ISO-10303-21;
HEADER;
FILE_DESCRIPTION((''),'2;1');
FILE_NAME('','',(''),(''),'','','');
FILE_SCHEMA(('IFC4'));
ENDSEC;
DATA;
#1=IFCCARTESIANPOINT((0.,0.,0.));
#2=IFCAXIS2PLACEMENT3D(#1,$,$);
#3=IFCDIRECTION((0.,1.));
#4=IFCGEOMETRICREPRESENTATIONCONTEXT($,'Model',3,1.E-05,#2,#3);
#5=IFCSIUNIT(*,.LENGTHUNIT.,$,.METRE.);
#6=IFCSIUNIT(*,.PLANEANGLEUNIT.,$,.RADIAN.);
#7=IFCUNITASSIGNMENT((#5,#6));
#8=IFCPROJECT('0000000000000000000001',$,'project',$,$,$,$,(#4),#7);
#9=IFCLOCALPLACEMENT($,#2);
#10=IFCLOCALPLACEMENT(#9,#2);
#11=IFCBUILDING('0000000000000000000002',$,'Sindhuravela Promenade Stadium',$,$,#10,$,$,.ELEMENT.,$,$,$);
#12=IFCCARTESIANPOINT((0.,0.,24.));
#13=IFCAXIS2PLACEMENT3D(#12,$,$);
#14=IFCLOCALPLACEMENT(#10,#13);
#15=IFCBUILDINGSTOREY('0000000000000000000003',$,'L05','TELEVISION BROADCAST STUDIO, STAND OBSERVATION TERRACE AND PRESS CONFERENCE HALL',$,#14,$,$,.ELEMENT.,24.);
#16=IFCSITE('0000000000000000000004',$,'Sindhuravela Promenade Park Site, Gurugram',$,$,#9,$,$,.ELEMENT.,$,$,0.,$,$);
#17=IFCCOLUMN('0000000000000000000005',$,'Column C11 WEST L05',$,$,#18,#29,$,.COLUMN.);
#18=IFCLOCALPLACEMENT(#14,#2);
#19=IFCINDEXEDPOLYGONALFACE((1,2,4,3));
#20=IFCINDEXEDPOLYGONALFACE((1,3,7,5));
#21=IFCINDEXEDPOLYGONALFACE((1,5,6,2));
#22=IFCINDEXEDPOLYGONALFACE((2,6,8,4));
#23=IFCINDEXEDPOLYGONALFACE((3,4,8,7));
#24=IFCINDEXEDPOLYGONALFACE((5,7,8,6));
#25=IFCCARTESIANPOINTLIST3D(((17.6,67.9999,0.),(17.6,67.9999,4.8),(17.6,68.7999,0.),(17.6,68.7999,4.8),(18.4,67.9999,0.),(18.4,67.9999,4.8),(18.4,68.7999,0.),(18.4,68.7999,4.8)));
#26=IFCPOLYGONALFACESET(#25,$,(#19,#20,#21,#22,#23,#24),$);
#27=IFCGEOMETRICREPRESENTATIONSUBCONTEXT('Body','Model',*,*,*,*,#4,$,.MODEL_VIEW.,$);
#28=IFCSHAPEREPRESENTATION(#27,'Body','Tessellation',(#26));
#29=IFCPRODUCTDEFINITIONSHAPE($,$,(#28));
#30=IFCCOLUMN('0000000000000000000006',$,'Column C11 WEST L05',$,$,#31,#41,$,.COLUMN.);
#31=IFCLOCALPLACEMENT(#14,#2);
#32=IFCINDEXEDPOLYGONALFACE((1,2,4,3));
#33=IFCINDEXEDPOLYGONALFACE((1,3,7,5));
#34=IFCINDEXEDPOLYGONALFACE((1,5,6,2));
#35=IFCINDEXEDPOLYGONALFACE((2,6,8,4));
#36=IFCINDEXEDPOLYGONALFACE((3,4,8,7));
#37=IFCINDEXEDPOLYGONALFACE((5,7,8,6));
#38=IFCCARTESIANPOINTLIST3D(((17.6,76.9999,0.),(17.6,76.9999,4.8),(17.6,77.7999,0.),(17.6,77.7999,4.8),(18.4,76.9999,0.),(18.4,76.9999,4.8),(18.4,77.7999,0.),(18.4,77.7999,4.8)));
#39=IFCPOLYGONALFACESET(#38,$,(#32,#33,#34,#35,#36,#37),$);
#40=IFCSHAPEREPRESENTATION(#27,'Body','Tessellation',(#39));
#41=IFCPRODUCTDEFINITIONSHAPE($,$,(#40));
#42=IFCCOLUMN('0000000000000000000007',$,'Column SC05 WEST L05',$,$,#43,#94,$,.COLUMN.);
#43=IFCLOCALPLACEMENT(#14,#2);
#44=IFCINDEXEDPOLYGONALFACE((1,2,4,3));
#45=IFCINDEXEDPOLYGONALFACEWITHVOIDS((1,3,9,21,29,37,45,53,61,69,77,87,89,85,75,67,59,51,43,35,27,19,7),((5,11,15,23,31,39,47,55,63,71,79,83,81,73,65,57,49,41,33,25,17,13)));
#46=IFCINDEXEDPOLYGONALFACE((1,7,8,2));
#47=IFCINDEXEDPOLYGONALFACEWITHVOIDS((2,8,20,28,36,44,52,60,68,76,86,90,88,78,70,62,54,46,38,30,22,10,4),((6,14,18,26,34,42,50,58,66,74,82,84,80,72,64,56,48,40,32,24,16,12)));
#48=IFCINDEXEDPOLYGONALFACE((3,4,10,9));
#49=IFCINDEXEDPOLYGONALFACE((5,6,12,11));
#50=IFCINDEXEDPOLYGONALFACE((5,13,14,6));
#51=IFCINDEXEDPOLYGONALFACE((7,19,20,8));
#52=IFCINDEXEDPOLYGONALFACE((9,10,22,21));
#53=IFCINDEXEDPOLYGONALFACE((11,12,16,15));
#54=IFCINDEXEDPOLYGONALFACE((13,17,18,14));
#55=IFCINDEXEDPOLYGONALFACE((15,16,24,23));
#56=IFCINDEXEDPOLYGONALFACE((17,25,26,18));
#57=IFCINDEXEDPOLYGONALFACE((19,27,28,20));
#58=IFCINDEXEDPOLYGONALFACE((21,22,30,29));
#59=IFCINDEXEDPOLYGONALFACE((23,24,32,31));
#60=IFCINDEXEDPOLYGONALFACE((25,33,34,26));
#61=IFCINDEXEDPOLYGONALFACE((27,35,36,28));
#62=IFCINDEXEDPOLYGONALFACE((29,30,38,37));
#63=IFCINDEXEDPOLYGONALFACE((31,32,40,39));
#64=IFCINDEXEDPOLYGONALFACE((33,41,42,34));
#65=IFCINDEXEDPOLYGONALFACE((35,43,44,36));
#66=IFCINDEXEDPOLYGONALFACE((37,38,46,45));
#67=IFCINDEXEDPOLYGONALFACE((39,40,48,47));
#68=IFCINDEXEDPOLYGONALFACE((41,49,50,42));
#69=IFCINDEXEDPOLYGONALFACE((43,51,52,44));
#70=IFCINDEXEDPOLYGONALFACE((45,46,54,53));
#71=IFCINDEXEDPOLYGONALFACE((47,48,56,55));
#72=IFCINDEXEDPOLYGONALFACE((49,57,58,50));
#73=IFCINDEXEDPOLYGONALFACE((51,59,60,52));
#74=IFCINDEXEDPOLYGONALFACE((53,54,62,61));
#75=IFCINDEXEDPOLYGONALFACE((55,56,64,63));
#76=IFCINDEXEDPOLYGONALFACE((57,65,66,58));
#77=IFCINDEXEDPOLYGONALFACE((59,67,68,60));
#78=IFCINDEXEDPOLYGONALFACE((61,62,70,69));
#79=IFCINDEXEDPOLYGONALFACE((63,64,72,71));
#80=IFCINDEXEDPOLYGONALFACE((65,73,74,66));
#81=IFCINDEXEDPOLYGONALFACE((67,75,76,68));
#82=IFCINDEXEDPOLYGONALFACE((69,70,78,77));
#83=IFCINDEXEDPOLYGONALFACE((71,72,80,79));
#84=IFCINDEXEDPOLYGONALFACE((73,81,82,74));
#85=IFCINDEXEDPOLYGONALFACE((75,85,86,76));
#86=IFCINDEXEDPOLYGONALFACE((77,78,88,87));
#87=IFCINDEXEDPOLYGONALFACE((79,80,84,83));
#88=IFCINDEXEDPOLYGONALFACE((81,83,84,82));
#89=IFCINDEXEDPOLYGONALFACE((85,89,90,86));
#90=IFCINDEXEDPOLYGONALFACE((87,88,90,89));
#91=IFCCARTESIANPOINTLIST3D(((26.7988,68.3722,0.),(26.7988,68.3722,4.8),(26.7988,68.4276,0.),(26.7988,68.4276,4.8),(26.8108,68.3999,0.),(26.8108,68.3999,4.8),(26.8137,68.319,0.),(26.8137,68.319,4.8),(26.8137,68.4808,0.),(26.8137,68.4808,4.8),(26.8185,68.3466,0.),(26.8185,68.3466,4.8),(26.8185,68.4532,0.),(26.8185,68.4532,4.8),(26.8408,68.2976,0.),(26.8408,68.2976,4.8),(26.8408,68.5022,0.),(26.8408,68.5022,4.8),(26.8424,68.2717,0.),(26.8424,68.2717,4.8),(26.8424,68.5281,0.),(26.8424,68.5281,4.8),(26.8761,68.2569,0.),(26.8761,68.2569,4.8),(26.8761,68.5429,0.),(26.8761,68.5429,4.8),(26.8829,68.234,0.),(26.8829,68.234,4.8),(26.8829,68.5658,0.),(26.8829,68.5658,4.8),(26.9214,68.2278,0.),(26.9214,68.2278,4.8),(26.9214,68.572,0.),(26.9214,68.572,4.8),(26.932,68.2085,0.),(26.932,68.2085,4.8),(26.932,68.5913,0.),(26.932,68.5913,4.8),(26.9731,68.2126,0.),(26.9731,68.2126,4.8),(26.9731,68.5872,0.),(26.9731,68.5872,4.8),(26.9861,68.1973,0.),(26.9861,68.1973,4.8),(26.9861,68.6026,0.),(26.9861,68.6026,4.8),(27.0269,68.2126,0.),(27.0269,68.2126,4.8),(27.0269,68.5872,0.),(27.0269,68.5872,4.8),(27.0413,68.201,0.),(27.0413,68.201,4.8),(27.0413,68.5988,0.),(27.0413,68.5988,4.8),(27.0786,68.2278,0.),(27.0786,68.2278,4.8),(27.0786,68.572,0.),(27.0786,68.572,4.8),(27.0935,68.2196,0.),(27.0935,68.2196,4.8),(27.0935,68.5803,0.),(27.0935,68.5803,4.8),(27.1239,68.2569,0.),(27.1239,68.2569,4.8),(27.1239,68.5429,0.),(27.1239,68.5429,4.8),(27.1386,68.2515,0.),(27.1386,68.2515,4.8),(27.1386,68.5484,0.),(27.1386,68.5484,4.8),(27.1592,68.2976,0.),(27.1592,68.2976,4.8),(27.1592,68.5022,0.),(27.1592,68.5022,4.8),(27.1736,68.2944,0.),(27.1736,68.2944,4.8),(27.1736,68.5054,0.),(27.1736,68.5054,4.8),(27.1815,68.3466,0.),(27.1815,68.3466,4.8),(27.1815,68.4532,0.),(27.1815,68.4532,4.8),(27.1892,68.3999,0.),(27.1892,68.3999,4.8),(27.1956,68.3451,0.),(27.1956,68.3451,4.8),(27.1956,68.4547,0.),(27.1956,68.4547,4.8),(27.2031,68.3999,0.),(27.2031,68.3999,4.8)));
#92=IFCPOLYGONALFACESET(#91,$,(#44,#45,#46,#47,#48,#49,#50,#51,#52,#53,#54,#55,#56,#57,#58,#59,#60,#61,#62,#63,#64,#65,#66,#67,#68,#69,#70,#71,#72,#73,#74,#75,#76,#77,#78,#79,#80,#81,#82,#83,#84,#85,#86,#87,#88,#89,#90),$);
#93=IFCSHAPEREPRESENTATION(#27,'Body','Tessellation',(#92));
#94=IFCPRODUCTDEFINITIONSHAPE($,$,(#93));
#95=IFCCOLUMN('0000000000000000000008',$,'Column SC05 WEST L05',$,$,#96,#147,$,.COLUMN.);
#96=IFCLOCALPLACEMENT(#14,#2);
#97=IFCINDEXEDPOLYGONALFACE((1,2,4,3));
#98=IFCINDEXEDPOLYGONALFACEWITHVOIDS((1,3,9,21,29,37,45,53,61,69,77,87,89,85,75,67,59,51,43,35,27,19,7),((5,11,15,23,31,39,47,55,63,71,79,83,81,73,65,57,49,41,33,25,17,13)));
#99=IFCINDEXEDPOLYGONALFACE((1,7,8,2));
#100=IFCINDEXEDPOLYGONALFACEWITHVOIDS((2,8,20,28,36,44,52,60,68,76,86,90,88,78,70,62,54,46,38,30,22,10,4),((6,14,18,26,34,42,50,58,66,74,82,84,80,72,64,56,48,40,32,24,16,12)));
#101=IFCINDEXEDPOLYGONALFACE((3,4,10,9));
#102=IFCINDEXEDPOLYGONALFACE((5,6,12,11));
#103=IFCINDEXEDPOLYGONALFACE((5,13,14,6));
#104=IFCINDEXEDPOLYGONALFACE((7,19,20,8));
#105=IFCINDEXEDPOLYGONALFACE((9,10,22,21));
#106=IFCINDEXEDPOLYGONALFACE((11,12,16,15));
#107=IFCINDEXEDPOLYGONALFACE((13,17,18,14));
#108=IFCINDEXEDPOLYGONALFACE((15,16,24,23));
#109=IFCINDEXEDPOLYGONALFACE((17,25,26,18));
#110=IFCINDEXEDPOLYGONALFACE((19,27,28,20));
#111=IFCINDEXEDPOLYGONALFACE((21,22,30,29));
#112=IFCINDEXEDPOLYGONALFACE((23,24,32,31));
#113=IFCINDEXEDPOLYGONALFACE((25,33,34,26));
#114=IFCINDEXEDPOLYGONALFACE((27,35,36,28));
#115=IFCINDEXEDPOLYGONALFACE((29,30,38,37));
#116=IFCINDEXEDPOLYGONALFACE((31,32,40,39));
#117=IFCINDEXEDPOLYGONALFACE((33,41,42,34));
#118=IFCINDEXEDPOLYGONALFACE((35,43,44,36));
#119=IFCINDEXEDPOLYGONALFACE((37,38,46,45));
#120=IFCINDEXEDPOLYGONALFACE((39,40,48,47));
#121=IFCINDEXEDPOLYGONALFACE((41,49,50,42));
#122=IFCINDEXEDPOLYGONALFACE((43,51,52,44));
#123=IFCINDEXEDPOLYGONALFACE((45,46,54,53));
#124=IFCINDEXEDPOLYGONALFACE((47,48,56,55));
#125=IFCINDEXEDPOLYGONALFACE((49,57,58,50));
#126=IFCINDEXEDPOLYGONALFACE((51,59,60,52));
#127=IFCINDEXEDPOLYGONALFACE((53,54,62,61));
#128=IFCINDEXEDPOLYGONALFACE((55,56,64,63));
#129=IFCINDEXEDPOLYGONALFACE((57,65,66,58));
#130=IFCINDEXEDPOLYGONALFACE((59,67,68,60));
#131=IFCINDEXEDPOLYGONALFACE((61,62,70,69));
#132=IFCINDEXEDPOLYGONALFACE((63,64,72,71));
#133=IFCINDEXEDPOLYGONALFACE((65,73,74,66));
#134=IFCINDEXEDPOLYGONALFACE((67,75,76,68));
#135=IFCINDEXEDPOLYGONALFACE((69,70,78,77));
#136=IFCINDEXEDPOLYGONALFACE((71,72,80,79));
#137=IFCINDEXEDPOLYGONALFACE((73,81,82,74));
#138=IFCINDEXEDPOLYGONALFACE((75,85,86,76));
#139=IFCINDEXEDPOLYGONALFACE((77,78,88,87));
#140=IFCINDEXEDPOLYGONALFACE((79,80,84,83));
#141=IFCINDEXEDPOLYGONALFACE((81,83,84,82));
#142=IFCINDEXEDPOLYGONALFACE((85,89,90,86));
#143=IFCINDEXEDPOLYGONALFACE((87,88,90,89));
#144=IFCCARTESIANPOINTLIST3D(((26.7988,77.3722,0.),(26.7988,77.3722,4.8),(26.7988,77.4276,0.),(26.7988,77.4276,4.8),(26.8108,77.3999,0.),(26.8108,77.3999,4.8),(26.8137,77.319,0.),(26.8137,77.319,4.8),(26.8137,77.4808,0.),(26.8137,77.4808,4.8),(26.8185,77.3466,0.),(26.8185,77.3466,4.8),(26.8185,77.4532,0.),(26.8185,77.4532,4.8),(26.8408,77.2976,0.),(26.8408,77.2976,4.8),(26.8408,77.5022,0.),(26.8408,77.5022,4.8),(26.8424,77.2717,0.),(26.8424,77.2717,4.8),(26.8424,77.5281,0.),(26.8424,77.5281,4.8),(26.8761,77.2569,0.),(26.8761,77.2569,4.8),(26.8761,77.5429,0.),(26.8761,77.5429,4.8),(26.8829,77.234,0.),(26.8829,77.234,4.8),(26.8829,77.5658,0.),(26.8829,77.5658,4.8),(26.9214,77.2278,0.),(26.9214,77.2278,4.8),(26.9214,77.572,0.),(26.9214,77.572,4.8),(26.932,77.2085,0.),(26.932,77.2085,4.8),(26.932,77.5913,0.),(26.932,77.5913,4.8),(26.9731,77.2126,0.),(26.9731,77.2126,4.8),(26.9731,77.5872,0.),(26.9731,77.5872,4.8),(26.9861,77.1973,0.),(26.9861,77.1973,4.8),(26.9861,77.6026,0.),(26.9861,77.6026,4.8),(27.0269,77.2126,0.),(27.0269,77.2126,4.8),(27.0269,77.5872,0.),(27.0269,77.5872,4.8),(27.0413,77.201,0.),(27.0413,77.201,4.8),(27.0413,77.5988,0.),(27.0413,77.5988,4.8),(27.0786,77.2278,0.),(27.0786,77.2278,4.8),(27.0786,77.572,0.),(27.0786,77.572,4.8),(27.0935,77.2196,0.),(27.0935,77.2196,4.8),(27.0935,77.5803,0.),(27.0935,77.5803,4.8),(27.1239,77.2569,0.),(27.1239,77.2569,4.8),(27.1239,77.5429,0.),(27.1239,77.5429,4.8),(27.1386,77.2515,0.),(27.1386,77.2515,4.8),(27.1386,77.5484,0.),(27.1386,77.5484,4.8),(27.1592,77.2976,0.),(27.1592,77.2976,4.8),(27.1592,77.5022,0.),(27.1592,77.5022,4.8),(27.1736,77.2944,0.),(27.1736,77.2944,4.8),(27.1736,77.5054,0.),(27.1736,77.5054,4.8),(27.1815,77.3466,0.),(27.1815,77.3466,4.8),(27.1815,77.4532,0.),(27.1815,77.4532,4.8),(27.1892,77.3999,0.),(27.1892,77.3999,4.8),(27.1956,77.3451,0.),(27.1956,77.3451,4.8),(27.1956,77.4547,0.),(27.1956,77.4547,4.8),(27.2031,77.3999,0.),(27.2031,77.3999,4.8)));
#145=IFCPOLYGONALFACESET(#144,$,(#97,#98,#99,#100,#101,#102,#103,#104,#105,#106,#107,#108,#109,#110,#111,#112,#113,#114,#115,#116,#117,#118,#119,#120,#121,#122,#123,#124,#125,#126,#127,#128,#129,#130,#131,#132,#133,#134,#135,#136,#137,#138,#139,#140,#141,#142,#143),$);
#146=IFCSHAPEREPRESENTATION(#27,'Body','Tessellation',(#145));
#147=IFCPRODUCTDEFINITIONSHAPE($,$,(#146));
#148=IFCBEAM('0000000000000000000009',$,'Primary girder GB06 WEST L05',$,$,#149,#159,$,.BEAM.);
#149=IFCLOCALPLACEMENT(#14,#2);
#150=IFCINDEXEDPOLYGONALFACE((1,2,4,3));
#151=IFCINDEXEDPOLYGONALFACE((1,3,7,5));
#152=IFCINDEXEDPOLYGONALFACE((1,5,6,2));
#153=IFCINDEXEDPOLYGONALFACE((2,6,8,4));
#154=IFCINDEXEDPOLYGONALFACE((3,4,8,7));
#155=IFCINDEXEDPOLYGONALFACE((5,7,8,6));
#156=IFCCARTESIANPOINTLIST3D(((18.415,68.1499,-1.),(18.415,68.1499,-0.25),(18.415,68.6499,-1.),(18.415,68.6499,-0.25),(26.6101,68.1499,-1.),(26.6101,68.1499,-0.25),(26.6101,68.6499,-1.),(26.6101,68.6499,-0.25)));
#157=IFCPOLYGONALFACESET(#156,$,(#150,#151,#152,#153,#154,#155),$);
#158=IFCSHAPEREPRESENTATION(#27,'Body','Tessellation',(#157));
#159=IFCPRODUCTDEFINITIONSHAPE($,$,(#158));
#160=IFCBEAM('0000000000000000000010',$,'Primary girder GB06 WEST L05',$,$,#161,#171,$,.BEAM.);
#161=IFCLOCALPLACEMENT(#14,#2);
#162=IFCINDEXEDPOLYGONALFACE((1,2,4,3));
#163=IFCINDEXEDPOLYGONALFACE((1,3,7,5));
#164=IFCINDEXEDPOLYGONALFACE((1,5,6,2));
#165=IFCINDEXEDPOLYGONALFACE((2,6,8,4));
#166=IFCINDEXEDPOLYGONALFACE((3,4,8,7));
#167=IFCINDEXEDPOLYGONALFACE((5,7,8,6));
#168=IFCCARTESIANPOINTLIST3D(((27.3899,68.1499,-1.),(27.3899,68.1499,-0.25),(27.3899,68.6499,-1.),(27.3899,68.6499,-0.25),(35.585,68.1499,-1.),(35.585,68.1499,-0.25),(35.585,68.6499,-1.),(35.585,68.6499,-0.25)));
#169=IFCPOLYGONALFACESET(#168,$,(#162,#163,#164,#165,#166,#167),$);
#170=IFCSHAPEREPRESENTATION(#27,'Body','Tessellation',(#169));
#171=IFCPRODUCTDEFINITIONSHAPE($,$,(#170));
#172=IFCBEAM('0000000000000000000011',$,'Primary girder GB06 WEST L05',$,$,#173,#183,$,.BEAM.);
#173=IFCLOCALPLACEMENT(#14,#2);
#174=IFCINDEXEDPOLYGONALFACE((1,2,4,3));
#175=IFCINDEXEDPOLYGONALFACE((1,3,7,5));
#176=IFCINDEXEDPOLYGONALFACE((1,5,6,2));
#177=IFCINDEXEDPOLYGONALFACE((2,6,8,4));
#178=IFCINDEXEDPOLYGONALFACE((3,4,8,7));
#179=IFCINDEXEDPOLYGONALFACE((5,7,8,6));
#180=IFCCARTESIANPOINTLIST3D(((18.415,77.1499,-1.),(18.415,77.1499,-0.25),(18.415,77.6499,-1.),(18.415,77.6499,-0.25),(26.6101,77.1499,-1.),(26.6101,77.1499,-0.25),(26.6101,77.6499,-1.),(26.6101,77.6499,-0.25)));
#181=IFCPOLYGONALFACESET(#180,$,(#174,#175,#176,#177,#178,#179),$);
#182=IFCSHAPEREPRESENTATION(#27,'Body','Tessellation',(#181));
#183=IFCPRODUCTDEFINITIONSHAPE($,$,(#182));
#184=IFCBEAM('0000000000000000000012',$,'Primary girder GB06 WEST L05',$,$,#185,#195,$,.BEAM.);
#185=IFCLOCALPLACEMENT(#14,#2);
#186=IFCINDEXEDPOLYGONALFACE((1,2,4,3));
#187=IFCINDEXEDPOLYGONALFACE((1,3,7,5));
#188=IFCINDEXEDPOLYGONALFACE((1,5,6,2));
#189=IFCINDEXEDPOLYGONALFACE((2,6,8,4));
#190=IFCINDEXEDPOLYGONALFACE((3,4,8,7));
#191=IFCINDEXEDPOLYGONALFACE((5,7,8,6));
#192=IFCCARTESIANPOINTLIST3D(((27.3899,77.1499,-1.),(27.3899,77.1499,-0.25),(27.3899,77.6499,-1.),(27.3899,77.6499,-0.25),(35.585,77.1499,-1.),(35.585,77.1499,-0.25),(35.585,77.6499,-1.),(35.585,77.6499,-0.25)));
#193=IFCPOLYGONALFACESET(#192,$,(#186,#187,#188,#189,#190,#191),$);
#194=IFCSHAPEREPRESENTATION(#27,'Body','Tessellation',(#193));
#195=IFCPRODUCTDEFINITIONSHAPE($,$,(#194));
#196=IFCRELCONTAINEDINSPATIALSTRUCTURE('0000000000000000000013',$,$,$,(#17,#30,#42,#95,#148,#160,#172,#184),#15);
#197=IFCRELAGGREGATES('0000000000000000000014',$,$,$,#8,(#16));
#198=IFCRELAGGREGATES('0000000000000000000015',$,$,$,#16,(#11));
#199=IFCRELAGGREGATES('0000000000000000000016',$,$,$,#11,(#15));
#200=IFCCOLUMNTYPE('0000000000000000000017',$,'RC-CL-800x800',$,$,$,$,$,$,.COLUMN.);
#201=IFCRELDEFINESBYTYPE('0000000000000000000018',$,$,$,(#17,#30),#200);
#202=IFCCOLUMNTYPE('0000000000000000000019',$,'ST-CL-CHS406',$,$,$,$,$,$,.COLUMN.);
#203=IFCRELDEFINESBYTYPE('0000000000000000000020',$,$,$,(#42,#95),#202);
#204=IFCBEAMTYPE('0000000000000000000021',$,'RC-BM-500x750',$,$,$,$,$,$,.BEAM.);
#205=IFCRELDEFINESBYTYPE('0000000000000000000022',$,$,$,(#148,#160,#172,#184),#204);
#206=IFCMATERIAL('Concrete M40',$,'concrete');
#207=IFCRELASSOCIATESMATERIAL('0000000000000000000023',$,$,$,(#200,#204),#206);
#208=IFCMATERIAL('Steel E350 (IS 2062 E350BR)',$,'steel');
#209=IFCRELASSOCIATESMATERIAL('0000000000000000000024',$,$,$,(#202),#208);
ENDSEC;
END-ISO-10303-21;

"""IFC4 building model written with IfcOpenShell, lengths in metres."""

from ifc_helpers import new_model, si_unit, direction, frame, origin, origin_2d, place, context, subcontext, project, spatial, rectangle, hollow_circle, extrude, material, material_profile, profile_set, type_object, element, save


model = new_model("IFC4")

# Units and contexts
model_context = context("Model", 3, precision=1e-05, world=origin(), true_north=direction((0.0, 1.0)))
body_context = subcontext(model_context, "Body", "Model", "MODEL_VIEW")
ifc_project = project(units=[si_unit("LENGTHUNIT", "METRE"), si_unit("PLANEANGLEUNIT", "RADIAN")], contexts=[model_context])

# Site, building, storey
site_placement = place(None, origin())
site = spatial("IfcSite", under=ifc_project, at=site_placement, Name="Sindhuravela Promenade Park Site, Gurugram", CompositionType="ELEMENT", RefElevation=0.0)
building_placement = place(site_placement, origin())
building = spatial("IfcBuilding", under=site, at=building_placement, Name="Sindhuravela Promenade Stadium", CompositionType="ELEMENT")
storey_placement = place(building_placement, frame((0.0, 0.0, 24.0)))
storey = spatial("IfcBuildingStorey", under=building, at=storey_placement, Name="L05", Description="TELEVISION BROADCAST STUDIO, STAND OBSERVATION TERRACE AND PRESS CONFERENCE HALL", CompositionType="ELEMENT", Elevation=24.0)

# Columns
ifc_material_1 = material(Name="Concrete M40", Category="concrete")
ifc_material_profile_1 = material_profile(ifc_material_1, rectangle(XDim=0.8, YDim=0.8, at=origin_2d()), Name="RC 800x800")
ifc_profile_set_1 = profile_set([ifc_material_profile_1], Name="Concrete M40")
column_type_1 = type_object("IfcColumnType", Name="RC-CL-800x800", PredefinedType="COLUMN", material=ifc_profile_set_1)
for number, where, z_axis, x_axis, name in (
    (1, (18.0, 68.3999, 0.0), (0.0, 0.0, 1.0), (1.0, 0.0, 0.0), "Column C11 WEST L05"),
    (2, (18.0, 77.3999, 0.0), (0.0, 0.0, 1.0), (1.0, 0.0, 0.0), "Column C11 WEST L05"),
):
    element("IfcColumn", number, at=place(storey_placement, frame(where, z_axis=z_axis, x_axis=x_axis)), inside=storey, type_object=column_type_1, Name=name, PredefinedType="COLUMN", context=body_context, shape_type="SweptSolid", body=[
        extrude(rectangle(XDim=0.8, YDim=0.8, at=origin_2d()), origin(), (0.0, 0.0, 1.0), 4.8),
    ])
ifc_material_2 = material(Name="Steel E350 (IS 2062 E350BR)", Category="steel")
ifc_material_profile_2 = material_profile(ifc_material_2, hollow_circle(Radius=0.2031, WallThickness=0.0139, at=origin_2d()), Name="CHS 406.4x14")
ifc_profile_set_2 = profile_set([ifc_material_profile_2], Name="Steel E350 (IS 2062 E350BR)")
column_type_2 = type_object("IfcColumnType", Name="ST-CL-CHS406", PredefinedType="COLUMN", material=ifc_profile_set_2)
for number, where, z_axis, x_axis, name in (
    (3, (27.0, 68.3999, 0.0), (0.0, 0.0, 1.0), (1.0, 0.0, 0.0), "Column SC05 WEST L05"),
    (4, (27.0, 77.3999, 0.0), (0.0, 0.0, 1.0), (1.0, 0.0, 0.0), "Column SC05 WEST L05"),
):
    element("IfcColumn", number, at=place(storey_placement, frame(where, z_axis=z_axis, x_axis=x_axis)), inside=storey, type_object=column_type_2, Name=name, PredefinedType="COLUMN", context=body_context, shape_type="SweptSolid", body=[
        extrude(hollow_circle(Radius=0.2031, WallThickness=0.0139, at=origin_2d()), origin(), (0.0, 0.0, 1.0), 4.8),
    ])

# Beams
ifc_material_profile_3 = material_profile(ifc_material_1, rectangle(XDim=0.5, YDim=0.75, at=origin_2d()), Name="RC 500x750")
ifc_profile_set_3 = profile_set([ifc_material_profile_3], Name="Concrete M40")
beam_type_1 = type_object("IfcBeamType", Name="RC-BM-500x750", PredefinedType="BEAM", material=ifc_profile_set_3)
for number, where, z_axis, x_axis, name in (
    (5, (18.415, 68.3999, -0.625), (1.0, 0.0, 0.0), (0.0, 1.0, 0.0), "Primary girder GB06 WEST L05"),
    (6, (27.3899, 68.3999, -0.625), (1.0, 0.0, 0.0), (0.0, 1.0, 0.0), "Primary girder GB06 WEST L05"),
    (7, (18.415, 77.3999, -0.625), (1.0, 0.0, 0.0), (0.0, 1.0, 0.0), "Primary girder GB06 WEST L05"),
    (8, (27.3899, 77.3999, -0.625), (1.0, 0.0, 0.0), (0.0, 1.0, 0.0), "Primary girder GB06 WEST L05"),
):
    element("IfcBeam", number, at=place(storey_placement, frame(where, z_axis=z_axis, x_axis=x_axis)), inside=storey, type_object=beam_type_1, Name=name, PredefinedType="BEAM", context=body_context, shape_type="SweptSolid", body=[
        extrude(rectangle(XDim=0.5, YDim=0.75, at=origin_2d()), origin(), (0.0, 0.0, 1.0), 8.1951),
    ])

save(model, "model.ifc")
